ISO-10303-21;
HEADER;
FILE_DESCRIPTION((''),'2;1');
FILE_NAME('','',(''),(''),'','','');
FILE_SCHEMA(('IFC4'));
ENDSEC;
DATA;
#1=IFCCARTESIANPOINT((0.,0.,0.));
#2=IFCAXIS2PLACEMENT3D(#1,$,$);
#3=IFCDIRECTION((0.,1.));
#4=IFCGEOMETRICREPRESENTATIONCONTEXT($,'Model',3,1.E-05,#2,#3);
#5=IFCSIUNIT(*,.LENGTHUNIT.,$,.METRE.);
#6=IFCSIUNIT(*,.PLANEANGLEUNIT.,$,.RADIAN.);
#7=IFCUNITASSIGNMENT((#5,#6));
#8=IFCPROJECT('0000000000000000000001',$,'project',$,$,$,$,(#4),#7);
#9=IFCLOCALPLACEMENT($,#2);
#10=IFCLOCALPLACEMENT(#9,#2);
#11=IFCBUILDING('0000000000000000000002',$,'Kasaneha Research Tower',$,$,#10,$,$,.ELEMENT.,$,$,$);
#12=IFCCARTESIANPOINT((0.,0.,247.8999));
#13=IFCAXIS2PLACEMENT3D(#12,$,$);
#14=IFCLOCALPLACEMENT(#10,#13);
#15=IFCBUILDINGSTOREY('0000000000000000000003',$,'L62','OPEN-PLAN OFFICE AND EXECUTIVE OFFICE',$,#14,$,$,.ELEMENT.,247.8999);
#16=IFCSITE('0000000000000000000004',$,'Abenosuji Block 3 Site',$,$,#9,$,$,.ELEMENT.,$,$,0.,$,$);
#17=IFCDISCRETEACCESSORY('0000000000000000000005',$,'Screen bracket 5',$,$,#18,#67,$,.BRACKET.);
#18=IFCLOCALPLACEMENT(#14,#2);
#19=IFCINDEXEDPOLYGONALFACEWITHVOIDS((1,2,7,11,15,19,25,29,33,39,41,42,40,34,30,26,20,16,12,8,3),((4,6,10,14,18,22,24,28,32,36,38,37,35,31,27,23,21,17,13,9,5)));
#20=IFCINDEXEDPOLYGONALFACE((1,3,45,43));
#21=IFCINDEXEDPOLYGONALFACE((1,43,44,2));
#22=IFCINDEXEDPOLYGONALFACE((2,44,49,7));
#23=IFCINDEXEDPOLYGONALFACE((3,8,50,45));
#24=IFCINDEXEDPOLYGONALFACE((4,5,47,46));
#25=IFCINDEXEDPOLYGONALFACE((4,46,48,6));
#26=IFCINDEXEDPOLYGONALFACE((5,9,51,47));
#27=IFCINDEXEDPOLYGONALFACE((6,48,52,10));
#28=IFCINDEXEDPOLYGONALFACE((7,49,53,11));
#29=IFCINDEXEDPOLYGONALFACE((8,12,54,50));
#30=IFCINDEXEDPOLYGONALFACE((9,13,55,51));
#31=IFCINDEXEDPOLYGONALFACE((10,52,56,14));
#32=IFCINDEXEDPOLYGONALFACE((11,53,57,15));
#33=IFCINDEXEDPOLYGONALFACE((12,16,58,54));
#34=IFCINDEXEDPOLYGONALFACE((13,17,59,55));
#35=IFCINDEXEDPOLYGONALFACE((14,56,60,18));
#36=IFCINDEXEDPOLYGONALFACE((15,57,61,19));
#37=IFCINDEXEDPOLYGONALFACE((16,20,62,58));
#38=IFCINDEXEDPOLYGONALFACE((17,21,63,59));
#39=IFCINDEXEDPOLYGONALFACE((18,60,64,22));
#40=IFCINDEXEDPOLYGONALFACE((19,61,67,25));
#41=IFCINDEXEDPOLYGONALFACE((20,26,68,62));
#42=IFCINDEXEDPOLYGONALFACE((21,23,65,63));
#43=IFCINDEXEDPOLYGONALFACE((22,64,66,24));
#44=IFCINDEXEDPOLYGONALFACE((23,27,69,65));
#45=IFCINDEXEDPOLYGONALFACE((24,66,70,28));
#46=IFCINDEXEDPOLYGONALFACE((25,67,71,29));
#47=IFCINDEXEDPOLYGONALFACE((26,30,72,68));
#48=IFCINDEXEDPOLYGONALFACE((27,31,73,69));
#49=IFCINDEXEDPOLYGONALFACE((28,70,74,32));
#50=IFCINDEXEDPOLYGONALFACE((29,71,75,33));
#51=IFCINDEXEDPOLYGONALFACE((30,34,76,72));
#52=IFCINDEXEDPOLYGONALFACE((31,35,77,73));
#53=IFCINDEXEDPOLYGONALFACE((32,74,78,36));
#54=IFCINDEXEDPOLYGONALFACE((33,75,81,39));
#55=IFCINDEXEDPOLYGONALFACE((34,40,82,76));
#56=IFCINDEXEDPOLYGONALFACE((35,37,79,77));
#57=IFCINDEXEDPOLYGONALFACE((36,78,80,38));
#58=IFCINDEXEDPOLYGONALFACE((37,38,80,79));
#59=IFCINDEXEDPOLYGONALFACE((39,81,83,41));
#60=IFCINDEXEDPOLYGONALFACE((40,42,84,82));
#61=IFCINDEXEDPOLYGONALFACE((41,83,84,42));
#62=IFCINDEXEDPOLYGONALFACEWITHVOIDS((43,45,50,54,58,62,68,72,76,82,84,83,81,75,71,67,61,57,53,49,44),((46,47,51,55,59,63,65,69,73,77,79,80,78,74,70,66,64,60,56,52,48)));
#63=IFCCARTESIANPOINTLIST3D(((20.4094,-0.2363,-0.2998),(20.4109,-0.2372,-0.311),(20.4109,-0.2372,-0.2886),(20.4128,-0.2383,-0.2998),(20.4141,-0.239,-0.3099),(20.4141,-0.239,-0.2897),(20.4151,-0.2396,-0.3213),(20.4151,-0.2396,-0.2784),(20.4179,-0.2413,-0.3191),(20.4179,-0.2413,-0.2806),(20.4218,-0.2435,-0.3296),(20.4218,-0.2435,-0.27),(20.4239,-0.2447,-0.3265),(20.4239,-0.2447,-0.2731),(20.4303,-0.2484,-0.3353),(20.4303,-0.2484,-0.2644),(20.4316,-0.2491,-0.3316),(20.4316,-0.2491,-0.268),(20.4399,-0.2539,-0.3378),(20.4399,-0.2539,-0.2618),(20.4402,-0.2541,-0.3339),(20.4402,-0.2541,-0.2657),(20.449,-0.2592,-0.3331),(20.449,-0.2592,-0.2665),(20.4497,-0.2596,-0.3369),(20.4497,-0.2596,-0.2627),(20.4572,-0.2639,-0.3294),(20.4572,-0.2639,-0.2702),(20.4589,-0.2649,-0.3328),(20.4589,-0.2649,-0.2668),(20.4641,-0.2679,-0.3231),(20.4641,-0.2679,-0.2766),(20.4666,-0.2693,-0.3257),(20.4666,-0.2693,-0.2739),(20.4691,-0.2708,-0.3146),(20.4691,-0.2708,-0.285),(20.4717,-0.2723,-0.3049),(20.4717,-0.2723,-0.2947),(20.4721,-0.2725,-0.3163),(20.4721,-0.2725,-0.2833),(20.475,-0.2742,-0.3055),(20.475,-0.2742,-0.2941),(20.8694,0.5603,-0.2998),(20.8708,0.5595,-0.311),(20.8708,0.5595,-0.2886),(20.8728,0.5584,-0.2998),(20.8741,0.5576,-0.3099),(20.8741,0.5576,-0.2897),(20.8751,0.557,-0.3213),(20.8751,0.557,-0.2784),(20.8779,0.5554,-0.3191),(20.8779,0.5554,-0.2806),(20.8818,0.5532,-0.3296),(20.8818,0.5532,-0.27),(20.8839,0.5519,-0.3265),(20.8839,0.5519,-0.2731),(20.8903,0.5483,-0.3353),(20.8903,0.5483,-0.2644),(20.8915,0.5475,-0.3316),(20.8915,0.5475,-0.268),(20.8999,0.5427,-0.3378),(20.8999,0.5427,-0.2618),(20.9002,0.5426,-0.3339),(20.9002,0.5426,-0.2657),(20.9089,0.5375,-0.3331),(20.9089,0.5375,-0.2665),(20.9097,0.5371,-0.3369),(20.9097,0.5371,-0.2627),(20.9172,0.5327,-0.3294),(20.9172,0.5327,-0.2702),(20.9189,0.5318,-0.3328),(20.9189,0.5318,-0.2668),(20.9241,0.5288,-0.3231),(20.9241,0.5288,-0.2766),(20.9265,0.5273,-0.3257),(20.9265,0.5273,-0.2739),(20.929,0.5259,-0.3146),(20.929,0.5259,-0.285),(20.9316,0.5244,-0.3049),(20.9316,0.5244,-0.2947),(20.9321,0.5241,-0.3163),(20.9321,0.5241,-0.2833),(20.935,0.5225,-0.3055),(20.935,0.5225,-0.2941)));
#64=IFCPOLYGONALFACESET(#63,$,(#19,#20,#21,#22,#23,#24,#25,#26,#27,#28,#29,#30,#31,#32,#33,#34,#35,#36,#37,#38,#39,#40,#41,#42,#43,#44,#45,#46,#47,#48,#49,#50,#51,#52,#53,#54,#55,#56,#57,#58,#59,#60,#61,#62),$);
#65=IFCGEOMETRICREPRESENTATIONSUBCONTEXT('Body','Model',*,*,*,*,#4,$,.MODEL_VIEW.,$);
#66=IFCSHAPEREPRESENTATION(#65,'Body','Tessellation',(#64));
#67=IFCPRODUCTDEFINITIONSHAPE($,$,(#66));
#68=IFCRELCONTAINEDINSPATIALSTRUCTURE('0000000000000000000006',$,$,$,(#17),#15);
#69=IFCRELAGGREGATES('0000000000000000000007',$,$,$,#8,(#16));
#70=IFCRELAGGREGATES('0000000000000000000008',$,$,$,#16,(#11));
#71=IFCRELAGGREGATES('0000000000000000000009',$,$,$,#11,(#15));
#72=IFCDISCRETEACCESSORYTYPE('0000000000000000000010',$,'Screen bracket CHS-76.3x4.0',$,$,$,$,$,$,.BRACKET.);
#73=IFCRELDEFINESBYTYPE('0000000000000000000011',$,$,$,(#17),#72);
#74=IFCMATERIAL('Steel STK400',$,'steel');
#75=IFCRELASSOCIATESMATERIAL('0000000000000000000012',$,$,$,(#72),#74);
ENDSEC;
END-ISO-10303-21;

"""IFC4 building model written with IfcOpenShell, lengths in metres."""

from ifc_helpers import new_model, si_unit, direction, frame, origin, origin_2d, place, context, subcontext, project, spatial, hollow_circle, extrude, material, material_profile, profile_set, type_object, element, save


model = new_model("IFC4")

# Units and contexts
model_context = context("Model", 3, precision=1e-05, world=origin(), true_north=direction((0.0, 1.0)))
body_context = subcontext(model_context, "Body", "Model", "MODEL_VIEW")
ifc_project = project(units=[si_unit("LENGTHUNIT", "METRE"), si_unit("PLANEANGLEUNIT", "RADIAN")], contexts=[model_context])

# Site, building, storey
site_placement = place(None, origin())
site = spatial("IfcSite", under=ifc_project, at=site_placement, Name="Abenosuji Block 3 Site", CompositionType="ELEMENT", RefElevation=0.0)
building_placement = place(site_placement, origin())
building = spatial("IfcBuilding", under=site, at=building_placement, Name="Kasaneha Research Tower", CompositionType="ELEMENT")
storey_placement = place(building_placement, frame((0.0, 0.0, 247.8999)))
storey = spatial("IfcBuildingStorey", under=building, at=storey_placement, Name="L62", Description="OPEN-PLAN OFFICE AND EXECUTIVE OFFICE", CompositionType="ELEMENT", Elevation=247.8999)

# Discrete accessory
ifc_material_1 = material(Name="Steel STK400", Category="steel")
ifc_material_profile_1 = material_profile(ifc_material_1, hollow_circle(Radius=0.0381, WallThickness=0.0039, at=origin_2d()), Name="CHS-76.3x4.0")
ifc_profile_set_1 = profile_set([ifc_material_profile_1], Name="Steel STK400")
discrete_accessory_type = type_object("IfcDiscreteAccessoryType", Name="Screen bracket CHS-76.3x4.0", PredefinedType="BRACKET", material=ifc_profile_set_1)
discrete_accessory_1_placement = place(storey_placement, frame((20.4424, -0.2554, -0.2998), z_axis=(0.500021, 0.866013, 0.0), x_axis=(-0.866013, 0.500021, 0.0)))
element("IfcDiscreteAccessory", 1, at=discrete_accessory_1_placement, inside=storey, type_object=discrete_accessory_type, Name="Screen bracket 5", PredefinedType="BRACKET", context=body_context, shape_type="SweptSolid", body=[
    extrude(hollow_circle(Radius=0.0381, WallThickness=0.0039, at=origin_2d()), origin(), (0.0, 0.0, 1.0), 0.9199),
])

save(model, "model.ifc")
